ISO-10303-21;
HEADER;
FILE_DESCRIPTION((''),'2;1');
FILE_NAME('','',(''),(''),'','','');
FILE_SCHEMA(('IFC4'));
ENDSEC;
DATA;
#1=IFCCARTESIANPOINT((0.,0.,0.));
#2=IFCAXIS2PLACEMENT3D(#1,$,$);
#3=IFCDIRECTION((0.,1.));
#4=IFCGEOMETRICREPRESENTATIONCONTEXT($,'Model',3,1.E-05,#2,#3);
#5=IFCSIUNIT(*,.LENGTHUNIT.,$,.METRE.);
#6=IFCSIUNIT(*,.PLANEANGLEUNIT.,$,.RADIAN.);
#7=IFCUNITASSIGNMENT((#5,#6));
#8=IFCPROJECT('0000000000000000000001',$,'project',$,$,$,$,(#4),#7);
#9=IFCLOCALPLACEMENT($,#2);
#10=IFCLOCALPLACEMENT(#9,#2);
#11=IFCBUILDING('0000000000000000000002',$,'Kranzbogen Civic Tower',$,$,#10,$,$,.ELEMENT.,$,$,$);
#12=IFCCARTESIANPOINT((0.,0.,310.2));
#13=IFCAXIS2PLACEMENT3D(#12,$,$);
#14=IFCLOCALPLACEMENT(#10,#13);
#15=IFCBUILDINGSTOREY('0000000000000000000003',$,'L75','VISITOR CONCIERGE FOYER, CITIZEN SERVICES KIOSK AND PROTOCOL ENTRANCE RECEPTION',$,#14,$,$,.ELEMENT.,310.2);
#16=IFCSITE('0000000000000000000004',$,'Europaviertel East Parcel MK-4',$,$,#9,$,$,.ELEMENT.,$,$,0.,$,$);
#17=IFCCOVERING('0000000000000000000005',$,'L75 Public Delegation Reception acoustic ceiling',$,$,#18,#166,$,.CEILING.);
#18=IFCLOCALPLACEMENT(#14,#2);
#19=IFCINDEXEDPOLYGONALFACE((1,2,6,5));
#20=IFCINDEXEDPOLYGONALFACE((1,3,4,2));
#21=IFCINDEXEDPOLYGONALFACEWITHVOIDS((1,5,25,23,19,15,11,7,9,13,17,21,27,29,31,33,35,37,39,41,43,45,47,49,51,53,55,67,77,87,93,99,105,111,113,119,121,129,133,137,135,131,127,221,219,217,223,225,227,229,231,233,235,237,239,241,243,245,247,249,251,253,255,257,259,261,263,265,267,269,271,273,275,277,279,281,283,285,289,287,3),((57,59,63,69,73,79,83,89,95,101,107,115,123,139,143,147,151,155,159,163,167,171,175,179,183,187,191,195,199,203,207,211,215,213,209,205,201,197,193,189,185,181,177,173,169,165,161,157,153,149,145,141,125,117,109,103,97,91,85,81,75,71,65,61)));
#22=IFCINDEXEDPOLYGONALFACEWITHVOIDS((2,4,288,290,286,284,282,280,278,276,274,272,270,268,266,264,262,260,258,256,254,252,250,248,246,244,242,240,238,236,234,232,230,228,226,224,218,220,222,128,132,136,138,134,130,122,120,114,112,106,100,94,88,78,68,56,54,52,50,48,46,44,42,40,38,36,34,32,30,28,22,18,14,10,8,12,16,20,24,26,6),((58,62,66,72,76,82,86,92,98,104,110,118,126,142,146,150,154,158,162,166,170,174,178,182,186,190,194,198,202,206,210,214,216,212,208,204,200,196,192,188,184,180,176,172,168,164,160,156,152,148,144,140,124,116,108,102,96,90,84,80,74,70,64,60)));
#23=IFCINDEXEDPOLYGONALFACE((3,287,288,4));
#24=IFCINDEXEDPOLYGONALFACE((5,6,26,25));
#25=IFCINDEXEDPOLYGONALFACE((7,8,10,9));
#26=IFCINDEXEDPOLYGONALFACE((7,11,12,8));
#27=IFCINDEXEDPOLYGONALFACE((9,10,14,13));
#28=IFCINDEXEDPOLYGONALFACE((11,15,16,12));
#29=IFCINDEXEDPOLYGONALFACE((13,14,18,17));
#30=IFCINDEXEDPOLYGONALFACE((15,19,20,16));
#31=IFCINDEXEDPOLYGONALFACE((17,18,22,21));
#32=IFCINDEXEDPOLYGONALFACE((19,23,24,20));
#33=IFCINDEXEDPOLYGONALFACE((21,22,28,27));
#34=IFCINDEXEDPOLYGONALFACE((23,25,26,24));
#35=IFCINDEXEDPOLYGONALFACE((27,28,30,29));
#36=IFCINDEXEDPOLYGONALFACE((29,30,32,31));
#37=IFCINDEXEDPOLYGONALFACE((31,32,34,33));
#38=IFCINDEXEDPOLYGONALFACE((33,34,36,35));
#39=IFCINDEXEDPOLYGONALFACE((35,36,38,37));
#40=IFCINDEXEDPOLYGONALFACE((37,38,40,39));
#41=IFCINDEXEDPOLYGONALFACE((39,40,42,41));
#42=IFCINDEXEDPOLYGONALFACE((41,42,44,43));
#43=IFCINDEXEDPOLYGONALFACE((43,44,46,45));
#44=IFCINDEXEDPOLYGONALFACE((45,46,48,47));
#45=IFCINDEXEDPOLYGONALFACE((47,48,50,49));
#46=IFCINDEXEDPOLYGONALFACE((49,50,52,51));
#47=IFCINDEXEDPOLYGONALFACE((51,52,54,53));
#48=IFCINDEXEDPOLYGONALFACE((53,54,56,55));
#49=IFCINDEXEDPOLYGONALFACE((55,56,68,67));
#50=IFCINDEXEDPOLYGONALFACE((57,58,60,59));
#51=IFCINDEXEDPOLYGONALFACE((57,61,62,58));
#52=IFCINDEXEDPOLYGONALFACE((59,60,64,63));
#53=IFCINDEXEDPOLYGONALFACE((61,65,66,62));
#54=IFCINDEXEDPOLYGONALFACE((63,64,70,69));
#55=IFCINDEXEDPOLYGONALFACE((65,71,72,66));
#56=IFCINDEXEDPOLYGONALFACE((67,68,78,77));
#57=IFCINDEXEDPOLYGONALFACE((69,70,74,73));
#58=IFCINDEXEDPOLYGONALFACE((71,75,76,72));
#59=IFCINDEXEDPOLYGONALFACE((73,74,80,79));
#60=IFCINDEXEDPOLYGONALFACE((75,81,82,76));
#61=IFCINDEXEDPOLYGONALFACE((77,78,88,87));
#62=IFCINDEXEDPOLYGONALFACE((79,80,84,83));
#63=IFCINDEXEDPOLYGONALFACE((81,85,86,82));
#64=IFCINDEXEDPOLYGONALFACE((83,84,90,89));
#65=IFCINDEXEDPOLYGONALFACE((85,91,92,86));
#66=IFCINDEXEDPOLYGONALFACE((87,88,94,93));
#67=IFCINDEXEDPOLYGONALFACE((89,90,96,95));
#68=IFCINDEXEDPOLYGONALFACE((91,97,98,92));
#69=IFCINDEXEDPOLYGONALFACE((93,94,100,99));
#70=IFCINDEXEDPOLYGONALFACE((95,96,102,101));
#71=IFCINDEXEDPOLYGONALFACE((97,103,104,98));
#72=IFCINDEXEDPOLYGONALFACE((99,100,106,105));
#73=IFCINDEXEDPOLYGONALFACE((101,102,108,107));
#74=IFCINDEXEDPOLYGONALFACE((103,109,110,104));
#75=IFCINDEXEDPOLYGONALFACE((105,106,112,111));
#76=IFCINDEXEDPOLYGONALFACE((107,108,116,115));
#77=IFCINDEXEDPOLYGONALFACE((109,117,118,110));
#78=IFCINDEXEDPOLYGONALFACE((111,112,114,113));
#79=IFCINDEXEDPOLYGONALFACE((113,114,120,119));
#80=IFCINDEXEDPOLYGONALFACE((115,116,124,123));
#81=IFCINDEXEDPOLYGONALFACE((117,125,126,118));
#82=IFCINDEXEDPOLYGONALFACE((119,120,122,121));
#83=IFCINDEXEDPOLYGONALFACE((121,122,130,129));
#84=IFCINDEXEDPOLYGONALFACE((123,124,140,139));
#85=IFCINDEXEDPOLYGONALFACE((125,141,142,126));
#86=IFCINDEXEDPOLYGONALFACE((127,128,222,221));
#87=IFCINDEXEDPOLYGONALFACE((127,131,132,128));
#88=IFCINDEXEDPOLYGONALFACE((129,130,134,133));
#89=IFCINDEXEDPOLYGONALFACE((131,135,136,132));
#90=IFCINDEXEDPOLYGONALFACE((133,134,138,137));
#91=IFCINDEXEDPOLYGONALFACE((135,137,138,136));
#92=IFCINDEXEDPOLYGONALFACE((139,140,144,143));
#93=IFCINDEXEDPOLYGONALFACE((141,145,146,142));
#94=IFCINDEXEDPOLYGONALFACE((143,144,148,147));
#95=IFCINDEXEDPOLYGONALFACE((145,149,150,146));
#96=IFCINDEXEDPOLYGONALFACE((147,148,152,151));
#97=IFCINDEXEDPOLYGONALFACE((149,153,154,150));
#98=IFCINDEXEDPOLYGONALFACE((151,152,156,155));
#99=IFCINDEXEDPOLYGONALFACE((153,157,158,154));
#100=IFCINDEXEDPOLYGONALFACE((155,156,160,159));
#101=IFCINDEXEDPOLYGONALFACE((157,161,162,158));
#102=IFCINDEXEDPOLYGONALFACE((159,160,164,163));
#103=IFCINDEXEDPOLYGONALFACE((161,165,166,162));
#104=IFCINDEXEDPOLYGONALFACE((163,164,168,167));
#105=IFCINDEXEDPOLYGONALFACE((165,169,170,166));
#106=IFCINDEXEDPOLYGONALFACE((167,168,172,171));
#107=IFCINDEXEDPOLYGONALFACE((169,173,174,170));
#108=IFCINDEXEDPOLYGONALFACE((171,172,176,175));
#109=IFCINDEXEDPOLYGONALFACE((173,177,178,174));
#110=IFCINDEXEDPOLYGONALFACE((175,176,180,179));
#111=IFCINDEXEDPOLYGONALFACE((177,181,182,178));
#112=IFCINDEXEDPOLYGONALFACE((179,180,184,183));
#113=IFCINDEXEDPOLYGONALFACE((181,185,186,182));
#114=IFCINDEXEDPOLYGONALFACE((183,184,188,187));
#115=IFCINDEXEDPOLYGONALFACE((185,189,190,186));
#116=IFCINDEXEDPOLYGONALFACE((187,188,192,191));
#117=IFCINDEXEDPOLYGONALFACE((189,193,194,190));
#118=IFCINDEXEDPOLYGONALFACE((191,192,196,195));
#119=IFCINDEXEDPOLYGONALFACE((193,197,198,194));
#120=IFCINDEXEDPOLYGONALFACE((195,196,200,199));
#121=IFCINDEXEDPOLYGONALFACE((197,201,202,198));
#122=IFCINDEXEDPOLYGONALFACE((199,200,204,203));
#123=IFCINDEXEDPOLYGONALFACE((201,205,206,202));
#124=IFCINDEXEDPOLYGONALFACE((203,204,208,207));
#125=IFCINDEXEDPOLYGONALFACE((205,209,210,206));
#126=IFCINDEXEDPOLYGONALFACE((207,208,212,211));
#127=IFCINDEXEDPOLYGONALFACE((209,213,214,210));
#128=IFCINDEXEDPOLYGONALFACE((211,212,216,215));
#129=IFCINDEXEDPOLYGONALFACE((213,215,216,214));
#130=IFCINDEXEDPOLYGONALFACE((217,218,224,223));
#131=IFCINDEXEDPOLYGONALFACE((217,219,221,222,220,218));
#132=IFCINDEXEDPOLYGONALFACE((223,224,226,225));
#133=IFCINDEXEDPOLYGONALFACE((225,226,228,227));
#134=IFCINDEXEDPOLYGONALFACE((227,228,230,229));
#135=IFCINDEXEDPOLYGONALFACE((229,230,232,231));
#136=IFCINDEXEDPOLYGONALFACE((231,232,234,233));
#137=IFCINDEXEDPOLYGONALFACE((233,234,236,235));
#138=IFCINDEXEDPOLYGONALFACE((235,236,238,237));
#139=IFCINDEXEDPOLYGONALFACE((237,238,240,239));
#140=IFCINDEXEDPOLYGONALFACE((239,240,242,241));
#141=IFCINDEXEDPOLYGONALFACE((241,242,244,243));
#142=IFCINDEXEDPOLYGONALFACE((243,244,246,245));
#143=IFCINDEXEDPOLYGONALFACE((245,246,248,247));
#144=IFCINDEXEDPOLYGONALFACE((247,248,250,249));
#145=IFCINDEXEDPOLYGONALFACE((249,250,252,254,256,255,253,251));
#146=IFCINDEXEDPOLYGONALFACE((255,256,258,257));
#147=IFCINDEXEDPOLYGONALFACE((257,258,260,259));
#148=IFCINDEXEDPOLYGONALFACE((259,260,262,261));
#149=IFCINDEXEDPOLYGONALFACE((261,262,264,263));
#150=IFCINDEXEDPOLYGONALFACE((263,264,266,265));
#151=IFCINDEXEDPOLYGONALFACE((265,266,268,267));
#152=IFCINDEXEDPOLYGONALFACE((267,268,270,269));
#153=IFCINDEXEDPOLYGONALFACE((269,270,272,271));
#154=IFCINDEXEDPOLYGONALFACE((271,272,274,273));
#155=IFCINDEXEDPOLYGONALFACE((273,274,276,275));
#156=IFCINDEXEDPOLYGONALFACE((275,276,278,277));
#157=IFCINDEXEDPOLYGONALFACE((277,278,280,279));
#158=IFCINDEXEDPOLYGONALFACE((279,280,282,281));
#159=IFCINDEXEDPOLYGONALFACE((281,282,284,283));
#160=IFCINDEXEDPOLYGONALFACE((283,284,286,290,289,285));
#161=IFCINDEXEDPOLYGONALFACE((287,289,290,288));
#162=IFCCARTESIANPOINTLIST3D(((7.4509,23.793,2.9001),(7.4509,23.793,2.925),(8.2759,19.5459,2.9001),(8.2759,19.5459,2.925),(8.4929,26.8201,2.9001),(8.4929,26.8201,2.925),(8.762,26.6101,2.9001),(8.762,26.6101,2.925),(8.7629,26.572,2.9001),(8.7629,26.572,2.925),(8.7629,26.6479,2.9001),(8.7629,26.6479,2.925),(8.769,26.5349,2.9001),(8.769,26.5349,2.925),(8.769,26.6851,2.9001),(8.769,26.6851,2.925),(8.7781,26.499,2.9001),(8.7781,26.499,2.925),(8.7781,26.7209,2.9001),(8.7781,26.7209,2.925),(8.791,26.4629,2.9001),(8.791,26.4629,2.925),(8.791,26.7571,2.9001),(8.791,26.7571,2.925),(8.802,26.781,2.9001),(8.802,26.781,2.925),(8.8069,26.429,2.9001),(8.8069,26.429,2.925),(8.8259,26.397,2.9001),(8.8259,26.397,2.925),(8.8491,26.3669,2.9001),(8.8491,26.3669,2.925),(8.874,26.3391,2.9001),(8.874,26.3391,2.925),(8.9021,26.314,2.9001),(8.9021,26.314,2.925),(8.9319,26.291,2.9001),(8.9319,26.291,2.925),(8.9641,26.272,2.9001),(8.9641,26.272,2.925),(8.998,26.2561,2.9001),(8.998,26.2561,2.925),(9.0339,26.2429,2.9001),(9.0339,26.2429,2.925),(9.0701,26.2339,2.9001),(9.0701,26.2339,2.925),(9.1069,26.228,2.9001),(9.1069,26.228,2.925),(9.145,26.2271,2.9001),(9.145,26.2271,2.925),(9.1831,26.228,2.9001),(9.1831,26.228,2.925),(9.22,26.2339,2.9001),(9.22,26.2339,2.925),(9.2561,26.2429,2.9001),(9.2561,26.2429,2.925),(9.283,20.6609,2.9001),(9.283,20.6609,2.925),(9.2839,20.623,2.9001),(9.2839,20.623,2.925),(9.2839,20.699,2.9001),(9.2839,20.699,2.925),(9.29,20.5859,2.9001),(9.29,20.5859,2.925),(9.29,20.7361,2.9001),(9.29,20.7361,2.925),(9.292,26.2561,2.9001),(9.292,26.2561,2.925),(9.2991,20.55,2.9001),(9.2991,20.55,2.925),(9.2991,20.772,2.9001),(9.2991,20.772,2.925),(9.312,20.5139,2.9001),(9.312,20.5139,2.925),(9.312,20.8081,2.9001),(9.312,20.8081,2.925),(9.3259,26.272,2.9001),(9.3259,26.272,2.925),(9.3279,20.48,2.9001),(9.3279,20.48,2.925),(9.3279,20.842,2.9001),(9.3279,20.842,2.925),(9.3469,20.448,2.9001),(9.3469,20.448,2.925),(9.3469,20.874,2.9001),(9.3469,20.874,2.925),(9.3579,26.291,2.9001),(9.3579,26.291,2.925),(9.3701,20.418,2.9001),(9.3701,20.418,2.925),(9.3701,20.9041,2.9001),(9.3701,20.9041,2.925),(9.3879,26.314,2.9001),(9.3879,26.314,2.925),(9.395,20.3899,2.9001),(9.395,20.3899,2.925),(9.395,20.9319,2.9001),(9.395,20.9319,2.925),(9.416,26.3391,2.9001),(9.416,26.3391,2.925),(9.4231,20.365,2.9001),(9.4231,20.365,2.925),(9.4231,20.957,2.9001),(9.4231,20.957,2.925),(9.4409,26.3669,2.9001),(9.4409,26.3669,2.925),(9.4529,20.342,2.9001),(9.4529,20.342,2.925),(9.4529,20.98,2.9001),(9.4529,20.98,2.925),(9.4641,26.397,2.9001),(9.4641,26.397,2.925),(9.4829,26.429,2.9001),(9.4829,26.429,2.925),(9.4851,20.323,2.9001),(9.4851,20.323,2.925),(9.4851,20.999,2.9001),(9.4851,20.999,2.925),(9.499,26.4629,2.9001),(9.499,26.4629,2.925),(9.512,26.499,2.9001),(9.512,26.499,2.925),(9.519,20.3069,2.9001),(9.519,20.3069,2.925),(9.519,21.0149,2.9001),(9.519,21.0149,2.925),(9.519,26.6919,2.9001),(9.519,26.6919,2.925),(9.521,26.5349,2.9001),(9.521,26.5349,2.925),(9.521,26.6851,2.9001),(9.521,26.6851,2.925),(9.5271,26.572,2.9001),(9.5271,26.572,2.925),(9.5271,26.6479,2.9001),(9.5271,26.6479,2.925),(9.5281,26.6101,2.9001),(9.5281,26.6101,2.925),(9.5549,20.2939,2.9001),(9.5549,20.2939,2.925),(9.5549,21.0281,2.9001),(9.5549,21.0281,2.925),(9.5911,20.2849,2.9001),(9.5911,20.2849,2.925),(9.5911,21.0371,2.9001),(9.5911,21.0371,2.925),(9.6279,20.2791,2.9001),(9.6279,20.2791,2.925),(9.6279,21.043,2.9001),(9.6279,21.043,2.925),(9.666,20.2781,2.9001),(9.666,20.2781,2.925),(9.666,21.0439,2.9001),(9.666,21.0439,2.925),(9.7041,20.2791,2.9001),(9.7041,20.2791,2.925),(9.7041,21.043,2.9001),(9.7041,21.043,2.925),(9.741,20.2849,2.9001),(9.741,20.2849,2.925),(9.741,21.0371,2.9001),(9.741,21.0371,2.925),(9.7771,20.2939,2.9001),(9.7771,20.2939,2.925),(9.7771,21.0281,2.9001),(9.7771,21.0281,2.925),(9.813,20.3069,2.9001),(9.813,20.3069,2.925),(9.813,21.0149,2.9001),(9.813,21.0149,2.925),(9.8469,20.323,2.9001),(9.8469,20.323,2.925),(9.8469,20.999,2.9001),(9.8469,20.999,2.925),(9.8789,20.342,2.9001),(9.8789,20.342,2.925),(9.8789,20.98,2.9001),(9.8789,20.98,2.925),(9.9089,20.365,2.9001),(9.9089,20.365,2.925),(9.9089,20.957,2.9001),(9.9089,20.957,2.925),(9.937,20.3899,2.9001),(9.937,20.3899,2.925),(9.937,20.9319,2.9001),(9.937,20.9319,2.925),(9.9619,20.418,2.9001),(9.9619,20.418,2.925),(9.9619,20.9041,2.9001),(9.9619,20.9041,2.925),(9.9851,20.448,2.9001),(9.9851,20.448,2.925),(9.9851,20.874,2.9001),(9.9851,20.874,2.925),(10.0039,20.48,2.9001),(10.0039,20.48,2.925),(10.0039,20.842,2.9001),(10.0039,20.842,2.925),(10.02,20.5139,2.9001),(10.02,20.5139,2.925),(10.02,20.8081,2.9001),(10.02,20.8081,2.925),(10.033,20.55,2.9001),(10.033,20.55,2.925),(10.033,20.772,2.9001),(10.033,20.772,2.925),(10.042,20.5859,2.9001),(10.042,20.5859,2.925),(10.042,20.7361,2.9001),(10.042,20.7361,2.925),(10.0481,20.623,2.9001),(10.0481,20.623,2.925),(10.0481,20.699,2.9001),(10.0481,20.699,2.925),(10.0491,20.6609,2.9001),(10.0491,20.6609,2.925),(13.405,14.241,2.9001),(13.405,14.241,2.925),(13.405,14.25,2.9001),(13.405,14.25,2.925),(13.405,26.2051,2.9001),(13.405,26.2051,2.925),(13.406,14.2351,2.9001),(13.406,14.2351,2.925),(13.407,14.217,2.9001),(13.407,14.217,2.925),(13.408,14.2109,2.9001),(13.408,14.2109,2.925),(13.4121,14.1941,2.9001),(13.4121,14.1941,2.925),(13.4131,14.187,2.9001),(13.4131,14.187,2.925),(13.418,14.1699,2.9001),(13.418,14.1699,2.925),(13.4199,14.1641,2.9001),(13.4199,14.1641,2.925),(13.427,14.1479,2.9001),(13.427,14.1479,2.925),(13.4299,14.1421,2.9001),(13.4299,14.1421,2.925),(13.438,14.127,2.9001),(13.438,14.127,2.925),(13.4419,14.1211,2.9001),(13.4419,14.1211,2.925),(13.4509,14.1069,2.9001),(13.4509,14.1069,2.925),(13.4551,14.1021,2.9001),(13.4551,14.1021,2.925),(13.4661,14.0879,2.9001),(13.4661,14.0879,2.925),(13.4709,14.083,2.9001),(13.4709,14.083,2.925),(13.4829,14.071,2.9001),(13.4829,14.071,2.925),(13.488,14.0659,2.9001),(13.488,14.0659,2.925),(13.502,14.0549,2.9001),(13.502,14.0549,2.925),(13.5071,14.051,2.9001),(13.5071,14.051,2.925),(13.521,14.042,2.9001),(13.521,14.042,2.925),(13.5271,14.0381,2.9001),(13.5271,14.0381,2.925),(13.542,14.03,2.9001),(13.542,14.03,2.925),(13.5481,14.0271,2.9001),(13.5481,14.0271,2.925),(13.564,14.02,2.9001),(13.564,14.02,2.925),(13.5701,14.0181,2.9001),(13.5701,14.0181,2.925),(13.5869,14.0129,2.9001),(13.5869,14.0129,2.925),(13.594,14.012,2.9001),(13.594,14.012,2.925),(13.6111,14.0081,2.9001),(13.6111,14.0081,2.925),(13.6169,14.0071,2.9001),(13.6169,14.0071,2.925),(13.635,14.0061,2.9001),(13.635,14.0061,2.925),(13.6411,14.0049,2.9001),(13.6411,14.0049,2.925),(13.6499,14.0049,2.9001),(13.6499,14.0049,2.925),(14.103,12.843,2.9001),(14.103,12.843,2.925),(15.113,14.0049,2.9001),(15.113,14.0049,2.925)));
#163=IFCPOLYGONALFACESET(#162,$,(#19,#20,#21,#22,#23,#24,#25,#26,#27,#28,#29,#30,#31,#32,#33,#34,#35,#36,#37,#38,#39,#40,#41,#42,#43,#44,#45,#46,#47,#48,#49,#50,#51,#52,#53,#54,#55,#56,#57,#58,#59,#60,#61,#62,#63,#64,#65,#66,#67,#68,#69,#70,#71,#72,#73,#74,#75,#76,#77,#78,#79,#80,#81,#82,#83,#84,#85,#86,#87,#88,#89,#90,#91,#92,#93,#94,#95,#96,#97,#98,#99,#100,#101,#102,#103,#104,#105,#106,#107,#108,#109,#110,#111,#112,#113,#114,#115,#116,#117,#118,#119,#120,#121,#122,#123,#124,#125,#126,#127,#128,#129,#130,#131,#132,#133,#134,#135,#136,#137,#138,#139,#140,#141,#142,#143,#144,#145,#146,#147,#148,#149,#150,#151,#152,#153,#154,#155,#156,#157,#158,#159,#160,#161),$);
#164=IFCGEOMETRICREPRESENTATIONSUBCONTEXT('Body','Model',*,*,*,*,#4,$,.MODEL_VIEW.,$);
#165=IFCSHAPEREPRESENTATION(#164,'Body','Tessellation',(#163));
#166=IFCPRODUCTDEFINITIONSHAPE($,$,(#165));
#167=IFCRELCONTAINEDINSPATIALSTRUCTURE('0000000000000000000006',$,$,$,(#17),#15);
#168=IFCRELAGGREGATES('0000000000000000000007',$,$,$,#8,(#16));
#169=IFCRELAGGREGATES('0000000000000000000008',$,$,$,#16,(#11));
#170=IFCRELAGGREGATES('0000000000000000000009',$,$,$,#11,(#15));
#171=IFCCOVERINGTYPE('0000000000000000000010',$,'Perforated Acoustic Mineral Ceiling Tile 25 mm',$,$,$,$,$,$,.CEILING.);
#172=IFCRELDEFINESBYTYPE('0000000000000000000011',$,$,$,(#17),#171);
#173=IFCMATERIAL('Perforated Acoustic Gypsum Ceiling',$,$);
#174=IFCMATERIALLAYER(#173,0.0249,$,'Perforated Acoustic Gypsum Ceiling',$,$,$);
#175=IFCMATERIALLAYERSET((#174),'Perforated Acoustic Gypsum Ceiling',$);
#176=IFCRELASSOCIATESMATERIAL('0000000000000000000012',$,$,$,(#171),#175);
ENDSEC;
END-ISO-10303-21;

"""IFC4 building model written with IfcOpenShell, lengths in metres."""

from ifc_helpers import new_model, si_unit, direction, frame, origin, place, context, subcontext, project, spatial, polyline, outline, extrude, material, layer, layer_set, type_object, element, save


model = new_model("IFC4")

# Units and contexts
model_context = context("Model", 3, precision=1e-05, world=origin(), true_north=direction((0.0, 1.0)))
body_context = subcontext(model_context, "Body", "Model", "MODEL_VIEW")
ifc_project = project(units=[si_unit("LENGTHUNIT", "METRE"), si_unit("PLANEANGLEUNIT", "RADIAN")], contexts=[model_context])

# Site, building, storey
site_placement = place(None, origin())
site = spatial("IfcSite", under=ifc_project, at=site_placement, Name="Europaviertel East Parcel MK-4", CompositionType="ELEMENT", RefElevation=0.0)
building_placement = place(site_placement, origin())
building = spatial("IfcBuilding", under=site, at=building_placement, Name="Kranzbogen Civic Tower", CompositionType="ELEMENT")
storey_placement = place(building_placement, frame((0.0, 0.0, 310.2)))
storey = spatial("IfcBuildingStorey", under=building, at=storey_placement, Name="L75", Description="VISITOR CONCIERGE FOYER, CITIZEN SERVICES KIOSK AND PROTOCOL ENTRANCE RECEPTION", CompositionType="ELEMENT", Elevation=310.2)

# Covering
ifc_material_1 = material(Name="Perforated Acoustic Gypsum Ceiling")
ifc_layer_1 = layer(ifc_material_1, 0.0249, Name="Perforated Acoustic Gypsum Ceiling")
ifc_layer_set_1 = layer_set([ifc_layer_1], Name="Perforated Acoustic Gypsum Ceiling")
covering_type = type_object("IfcCoveringType", Name="Perforated Acoustic Mineral Ceiling Tile 25 mm", PredefinedType="CEILING", material=ifc_layer_set_1)
covering_1_placement = place(storey_placement, frame((0.0, 0.0, 2.9001)))
element("IfcCovering", 1, at=covering_1_placement, inside=storey, type_object=covering_type, Name="L75 Public Delegation Reception acoustic ceiling", PredefinedType="CEILING", context=body_context, shape_type="SweptSolid", body=[
    extrude(outline(polyline([(7.4509, 23.793), (8.4929, 26.8201), (8.802, 26.781), (8.791, 26.7571), (8.7781, 26.7209), (8.769, 26.6851), (8.7629, 26.6479), (8.762, 26.6101), (8.7629, 26.572), (8.769, 26.5349), (8.7781, 26.499), (8.791, 26.4629), (8.8069, 26.429), (8.8259, 26.397), (8.8491, 26.3669), (8.874, 26.3391), (8.9021, 26.314), (8.9319, 26.291), (8.9641, 26.272), (8.998, 26.2561), (9.0339, 26.2429), (9.0701, 26.2339), (9.1069, 26.228), (9.145, 26.2271), (9.1831, 26.228), (9.22, 26.2339), (9.2561, 26.2429), (9.292, 26.2561), (9.3259, 26.272), (9.3579, 26.291), (9.3879, 26.314), (9.416, 26.3391), (9.4409, 26.3669), (9.4641, 26.397), (9.4829, 26.429), (9.499, 26.4629), (9.512, 26.499), (9.521, 26.5349), (9.5271, 26.572), (9.5281, 26.6101), (9.5271, 26.6479), (9.521, 26.6851), (9.519, 26.6919), (13.405, 26.2051), (13.405, 14.25), (13.405, 14.241), (13.406, 14.2351), (13.407, 14.217), (13.408, 14.2109), (13.4121, 14.1941), (13.4131, 14.187), (13.418, 14.1699), (13.4199, 14.1641), (13.427, 14.1479), (13.4299, 14.1421), (13.438, 14.127), (13.4419, 14.1211), (13.4509, 14.1069), (13.4551, 14.1021), (13.4661, 14.0879), (13.4709, 14.083), (13.4829, 14.071), (13.488, 14.0659), (13.502, 14.0549), (13.5071, 14.051), (13.521, 14.042), (13.5271, 14.0381), (13.542, 14.03), (13.5481, 14.0271), (13.564, 14.02), (13.5701, 14.0181), (13.5869, 14.0129), (13.594, 14.012), (13.6111, 14.0081), (13.6169, 14.0071), (13.635, 14.0061), (13.6411, 14.0049), (13.6499, 14.0049), (15.113, 14.0049), (14.103, 12.843), (8.2759, 19.5459), (7.4509, 23.793)]), holes=[polyline([(10.02, 20.5139), (10.0039, 20.48), (9.9851, 20.448), (9.9619, 20.418), (9.937, 20.3899), (9.9089, 20.365), (9.8789, 20.342), (9.8469, 20.323), (9.813, 20.3069), (9.7771, 20.2939), (9.741, 20.2849), (9.7041, 20.2791), (9.666, 20.2781), (9.6279, 20.2791), (9.5911, 20.2849), (9.5549, 20.2939), (9.519, 20.3069), (9.4851, 20.323), (9.4529, 20.342), (9.4231, 20.365), (9.395, 20.3899), (9.3701, 20.418), (9.3469, 20.448), (9.3279, 20.48), (9.312, 20.5139), (9.2991, 20.55), (9.29, 20.5859), (9.2839, 20.623), (9.283, 20.6609), (9.2839, 20.699), (9.29, 20.7361), (9.2991, 20.772), (9.312, 20.8081), (9.3279, 20.842), (9.3469, 20.874), (9.3701, 20.9041), (9.395, 20.9319), (9.4231, 20.957), (9.4529, 20.98), (9.4851, 20.999), (9.519, 21.0149), (9.5549, 21.0281), (9.5911, 21.0371), (9.6279, 21.043), (9.666, 21.0439), (9.7041, 21.043), (9.741, 21.0371), (9.7771, 21.0281), (9.813, 21.0149), (9.8469, 20.999), (9.8789, 20.98), (9.9089, 20.957), (9.937, 20.9319), (9.9619, 20.9041), (9.9851, 20.874), (10.0039, 20.842), (10.02, 20.8081), (10.033, 20.772), (10.042, 20.7361), (10.0481, 20.699), (10.0491, 20.6609), (10.0481, 20.623), (10.042, 20.5859), (10.033, 20.55), (10.02, 20.5139)])]), origin(), (0.0, 0.0, 1.0), 0.0249),
])

save(model, "model.ifc")
